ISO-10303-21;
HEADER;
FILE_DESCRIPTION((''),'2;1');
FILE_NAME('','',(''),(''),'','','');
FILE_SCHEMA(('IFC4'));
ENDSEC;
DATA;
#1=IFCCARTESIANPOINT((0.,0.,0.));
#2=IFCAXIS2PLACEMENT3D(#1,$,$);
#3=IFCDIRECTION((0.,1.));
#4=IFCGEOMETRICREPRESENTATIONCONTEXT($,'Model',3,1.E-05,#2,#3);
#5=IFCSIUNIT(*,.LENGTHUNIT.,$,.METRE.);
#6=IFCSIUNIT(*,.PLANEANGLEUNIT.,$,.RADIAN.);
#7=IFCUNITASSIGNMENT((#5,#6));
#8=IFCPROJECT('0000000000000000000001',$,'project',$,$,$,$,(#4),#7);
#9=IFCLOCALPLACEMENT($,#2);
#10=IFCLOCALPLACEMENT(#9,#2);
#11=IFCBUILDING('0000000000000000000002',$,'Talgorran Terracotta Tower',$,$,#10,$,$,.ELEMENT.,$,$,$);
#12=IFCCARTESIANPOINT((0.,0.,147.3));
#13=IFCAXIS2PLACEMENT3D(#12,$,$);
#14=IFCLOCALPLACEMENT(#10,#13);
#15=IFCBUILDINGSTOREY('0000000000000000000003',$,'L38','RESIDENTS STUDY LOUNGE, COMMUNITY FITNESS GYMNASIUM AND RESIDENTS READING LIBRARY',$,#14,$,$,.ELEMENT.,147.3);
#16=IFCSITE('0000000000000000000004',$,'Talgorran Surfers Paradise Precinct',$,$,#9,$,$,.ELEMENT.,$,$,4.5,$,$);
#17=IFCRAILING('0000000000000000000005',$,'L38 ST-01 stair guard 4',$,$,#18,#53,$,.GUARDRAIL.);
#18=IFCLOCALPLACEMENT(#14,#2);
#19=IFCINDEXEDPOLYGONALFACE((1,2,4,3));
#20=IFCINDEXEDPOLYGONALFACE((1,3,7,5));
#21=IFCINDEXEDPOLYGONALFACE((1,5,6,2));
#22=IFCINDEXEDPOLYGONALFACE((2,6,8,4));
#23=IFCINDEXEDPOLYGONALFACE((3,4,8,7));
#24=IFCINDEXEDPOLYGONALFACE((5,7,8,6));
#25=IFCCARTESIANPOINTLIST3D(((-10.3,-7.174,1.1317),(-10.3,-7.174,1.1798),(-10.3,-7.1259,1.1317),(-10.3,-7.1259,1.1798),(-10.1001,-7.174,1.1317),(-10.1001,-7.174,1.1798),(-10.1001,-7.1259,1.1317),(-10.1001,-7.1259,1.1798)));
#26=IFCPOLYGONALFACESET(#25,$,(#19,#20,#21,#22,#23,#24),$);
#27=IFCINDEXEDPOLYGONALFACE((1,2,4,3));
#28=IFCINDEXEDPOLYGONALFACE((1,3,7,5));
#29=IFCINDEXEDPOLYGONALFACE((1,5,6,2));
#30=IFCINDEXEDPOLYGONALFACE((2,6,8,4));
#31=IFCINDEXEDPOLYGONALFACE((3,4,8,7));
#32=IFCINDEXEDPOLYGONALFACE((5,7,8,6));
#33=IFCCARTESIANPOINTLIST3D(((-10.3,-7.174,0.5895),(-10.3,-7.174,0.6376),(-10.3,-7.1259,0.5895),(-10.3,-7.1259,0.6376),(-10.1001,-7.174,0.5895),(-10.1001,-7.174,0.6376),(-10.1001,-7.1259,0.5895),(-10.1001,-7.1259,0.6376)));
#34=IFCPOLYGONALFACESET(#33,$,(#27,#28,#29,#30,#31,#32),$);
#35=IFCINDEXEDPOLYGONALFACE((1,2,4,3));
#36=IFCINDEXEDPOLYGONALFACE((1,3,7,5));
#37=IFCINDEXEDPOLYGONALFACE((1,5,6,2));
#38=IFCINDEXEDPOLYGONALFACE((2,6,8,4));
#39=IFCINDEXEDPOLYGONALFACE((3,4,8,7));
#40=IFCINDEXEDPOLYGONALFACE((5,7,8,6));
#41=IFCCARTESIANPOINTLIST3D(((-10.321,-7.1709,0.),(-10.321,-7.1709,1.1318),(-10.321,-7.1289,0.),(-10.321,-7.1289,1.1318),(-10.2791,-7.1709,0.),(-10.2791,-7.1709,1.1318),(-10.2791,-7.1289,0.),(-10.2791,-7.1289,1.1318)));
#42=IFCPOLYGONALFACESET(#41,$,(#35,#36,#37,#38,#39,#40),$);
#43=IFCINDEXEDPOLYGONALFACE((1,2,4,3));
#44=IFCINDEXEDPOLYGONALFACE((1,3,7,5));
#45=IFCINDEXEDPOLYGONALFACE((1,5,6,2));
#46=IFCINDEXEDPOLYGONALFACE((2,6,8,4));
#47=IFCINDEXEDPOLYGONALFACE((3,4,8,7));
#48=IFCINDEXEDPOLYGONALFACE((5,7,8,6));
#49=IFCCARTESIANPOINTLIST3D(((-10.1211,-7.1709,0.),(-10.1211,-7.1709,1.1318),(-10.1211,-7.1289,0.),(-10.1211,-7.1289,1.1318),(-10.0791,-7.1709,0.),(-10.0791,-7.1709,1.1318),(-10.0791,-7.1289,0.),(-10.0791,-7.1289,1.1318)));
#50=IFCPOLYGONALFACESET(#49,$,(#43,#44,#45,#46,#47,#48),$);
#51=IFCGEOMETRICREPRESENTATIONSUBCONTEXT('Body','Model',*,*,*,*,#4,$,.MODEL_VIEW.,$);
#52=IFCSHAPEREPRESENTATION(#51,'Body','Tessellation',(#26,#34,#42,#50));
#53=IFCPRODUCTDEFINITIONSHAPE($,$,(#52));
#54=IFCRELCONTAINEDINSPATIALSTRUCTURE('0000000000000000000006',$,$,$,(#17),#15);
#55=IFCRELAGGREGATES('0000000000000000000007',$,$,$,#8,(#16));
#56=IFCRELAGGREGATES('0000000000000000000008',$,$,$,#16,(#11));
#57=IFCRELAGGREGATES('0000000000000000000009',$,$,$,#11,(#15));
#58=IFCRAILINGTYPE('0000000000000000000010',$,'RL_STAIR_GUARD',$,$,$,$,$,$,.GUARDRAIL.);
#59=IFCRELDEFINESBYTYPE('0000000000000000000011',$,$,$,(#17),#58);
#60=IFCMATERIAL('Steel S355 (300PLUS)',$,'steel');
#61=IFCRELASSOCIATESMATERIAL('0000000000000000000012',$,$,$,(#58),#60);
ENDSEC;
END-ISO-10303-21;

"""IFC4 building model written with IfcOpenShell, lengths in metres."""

from ifc_helpers import new_model, si_unit, direction, frame, origin, origin_2d, place, context, subcontext, project, spatial, rectangle, extrude, material, type_object, element, save


model = new_model("IFC4")

# Units and contexts
model_context = context("Model", 3, precision=1e-05, world=origin(), true_north=direction((0.0, 1.0)))
body_context = subcontext(model_context, "Body", "Model", "MODEL_VIEW")
ifc_project = project(units=[si_unit("LENGTHUNIT", "METRE"), si_unit("PLANEANGLEUNIT", "RADIAN")], contexts=[model_context])

# Site, building, storey
site_placement = place(None, origin())
site = spatial("IfcSite", under=ifc_project, at=site_placement, Name="Talgorran Surfers Paradise Precinct", CompositionType="ELEMENT", RefElevation=4.5)
building_placement = place(site_placement, origin())
building = spatial("IfcBuilding", under=site, at=building_placement, Name="Talgorran Terracotta Tower", CompositionType="ELEMENT")
storey_placement = place(building_placement, frame((0.0, 0.0, 147.3)))
storey = spatial("IfcBuildingStorey", under=building, at=storey_placement, Name="L38", Description="RESIDENTS STUDY LOUNGE, COMMUNITY FITNESS GYMNASIUM AND RESIDENTS READING LIBRARY", CompositionType="ELEMENT", Elevation=147.3)

# Railing
ifc_material_1 = material(Name="Steel S355 (300PLUS)", Category="steel")
railing_type_1 = type_object("IfcRailingType", Name="RL_STAIR_GUARD", PredefinedType="GUARDRAIL", material=ifc_material_1)
railing_1_placement = place(storey_placement, frame((-10.3, -7.1499, 0.0)))
element("IfcRailing", 1, at=railing_1_placement, inside=storey, type_object=railing_type_1, Name="L38 ST-01 stair guard 4", PredefinedType="GUARDRAIL", context=body_context, shape_type="SweptSolid", body=[
    extrude(rectangle(XDim=0.0481, YDim=0.0481, at=origin_2d()), frame((0.0, 0.0, 1.1558), z_axis=(1.0, 0.0, 0.0), x_axis=(0.0, 1.0, 0.0)), (0.0, 0.0, 1.0), 0.2),
    extrude(rectangle(XDim=0.0481, YDim=0.0481, at=origin_2d()), frame((0.0, 0.0, 0.6135), z_axis=(1.0, 0.0, 0.0), x_axis=(0.0, 1.0, 0.0)), (0.0, 0.0, 1.0), 0.2),
    extrude(rectangle(XDim=0.042, YDim=0.042, at=origin_2d()), origin(), (0.0, 0.0, 1.0), 1.1318),
    extrude(rectangle(XDim=0.042, YDim=0.042, at=origin_2d()), frame((0.2, 0.0, 0.0)), (0.0, 0.0, 1.0), 1.1318),
])

save(model, "model.ifc")
